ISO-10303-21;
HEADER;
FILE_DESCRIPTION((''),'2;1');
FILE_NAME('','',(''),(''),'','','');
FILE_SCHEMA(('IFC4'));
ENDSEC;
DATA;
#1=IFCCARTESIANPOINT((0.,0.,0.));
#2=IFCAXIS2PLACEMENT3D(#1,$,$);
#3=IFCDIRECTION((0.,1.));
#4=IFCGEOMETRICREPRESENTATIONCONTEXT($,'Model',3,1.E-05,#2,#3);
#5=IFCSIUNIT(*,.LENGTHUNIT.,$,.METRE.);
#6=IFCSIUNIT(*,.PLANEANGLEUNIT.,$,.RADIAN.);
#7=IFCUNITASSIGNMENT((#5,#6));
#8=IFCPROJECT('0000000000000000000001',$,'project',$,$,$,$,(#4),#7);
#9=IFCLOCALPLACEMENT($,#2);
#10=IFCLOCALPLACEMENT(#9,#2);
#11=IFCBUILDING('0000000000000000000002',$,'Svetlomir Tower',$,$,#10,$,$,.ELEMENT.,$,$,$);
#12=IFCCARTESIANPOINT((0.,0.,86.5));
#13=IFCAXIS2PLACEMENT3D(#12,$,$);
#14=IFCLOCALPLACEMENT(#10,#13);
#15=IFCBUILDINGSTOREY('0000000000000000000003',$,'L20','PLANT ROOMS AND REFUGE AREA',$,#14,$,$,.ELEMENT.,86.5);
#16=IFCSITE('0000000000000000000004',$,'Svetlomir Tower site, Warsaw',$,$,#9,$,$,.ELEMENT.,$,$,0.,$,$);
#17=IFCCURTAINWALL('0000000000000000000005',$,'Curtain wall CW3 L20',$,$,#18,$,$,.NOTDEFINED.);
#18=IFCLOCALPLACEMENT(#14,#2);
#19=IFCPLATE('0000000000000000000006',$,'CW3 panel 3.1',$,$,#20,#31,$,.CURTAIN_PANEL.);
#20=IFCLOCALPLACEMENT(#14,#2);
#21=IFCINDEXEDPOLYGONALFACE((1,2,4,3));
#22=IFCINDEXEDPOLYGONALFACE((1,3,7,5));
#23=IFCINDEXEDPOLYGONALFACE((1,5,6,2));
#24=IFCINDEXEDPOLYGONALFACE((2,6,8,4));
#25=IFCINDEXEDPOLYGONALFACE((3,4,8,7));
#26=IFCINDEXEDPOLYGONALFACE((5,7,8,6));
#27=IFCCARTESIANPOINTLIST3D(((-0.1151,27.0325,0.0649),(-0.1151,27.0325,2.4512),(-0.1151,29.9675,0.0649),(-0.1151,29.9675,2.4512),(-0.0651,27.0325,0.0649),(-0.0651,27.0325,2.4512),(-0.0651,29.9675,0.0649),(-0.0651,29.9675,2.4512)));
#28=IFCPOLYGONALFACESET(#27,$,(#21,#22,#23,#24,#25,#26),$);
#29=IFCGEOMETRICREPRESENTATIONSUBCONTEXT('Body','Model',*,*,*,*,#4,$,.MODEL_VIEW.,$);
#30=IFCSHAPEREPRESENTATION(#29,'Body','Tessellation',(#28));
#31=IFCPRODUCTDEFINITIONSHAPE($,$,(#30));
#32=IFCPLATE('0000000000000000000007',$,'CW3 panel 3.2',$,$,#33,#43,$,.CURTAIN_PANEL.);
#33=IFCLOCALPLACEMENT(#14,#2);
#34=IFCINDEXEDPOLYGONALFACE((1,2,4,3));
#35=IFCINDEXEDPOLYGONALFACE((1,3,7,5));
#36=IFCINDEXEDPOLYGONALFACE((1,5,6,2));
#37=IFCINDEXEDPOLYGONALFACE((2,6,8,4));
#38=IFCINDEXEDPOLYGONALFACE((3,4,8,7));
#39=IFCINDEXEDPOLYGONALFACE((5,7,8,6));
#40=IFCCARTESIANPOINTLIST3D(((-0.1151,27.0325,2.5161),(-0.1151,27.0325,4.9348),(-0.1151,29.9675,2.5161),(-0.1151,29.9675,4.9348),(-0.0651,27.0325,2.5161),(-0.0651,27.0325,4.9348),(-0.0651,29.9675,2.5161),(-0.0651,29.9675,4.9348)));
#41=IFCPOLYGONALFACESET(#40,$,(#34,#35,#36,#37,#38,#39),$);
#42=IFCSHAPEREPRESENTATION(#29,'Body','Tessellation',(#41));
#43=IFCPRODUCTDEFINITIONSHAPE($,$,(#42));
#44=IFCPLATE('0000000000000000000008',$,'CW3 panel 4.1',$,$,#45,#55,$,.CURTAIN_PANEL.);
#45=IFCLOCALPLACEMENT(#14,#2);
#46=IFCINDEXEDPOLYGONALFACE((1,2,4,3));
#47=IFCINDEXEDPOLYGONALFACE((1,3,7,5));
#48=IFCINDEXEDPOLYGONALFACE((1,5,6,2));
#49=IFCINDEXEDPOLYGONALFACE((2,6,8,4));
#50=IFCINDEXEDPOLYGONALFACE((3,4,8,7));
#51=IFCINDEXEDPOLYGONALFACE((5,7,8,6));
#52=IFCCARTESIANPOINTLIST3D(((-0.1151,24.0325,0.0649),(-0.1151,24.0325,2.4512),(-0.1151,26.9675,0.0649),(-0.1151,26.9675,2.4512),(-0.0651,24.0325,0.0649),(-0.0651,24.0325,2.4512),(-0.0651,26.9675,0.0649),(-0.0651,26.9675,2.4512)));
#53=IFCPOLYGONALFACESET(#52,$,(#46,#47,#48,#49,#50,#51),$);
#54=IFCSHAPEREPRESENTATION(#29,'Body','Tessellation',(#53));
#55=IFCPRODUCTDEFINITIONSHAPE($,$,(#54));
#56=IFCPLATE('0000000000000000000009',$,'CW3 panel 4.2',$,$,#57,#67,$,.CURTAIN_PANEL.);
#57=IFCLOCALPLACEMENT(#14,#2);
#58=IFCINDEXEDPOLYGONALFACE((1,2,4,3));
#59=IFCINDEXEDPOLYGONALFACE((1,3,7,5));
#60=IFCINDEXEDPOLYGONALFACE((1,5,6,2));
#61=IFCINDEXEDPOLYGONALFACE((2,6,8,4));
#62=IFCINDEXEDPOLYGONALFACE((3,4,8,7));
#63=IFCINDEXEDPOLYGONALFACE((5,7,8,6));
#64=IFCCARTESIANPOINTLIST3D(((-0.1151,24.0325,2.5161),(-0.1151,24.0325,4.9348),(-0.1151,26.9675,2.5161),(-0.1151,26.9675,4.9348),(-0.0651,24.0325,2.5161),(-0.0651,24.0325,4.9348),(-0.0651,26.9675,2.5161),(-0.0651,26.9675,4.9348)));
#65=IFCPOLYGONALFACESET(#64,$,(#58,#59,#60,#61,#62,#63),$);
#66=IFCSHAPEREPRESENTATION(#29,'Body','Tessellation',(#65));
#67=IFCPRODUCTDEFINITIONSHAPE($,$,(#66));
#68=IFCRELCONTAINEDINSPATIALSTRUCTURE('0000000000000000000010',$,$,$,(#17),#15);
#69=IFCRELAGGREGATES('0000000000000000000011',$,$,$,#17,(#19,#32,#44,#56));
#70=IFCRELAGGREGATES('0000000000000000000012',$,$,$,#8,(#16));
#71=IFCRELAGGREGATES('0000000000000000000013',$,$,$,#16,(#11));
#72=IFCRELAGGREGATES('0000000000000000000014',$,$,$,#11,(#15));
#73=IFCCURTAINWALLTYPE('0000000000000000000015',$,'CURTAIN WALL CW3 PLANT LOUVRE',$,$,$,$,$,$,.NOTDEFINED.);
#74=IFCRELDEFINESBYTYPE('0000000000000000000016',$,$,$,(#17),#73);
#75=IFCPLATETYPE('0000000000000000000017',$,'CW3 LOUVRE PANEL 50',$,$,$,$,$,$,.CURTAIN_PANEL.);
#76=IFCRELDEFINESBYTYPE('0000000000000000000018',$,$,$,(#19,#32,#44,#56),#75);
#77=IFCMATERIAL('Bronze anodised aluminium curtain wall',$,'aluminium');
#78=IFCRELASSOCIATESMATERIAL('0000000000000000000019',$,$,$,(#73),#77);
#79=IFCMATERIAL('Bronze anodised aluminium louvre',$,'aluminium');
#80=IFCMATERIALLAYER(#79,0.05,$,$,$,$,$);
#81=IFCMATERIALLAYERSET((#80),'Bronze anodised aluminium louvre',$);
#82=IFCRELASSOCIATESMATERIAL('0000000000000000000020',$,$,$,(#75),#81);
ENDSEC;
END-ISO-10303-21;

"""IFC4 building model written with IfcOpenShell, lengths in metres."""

from ifc_helpers import new_model, si_unit, direction, frame, origin, origin_2d, place, context, subcontext, project, spatial, rectangle, extrude, material, layer, layer_set, type_object, element, aggregate, save


model = new_model("IFC4")

# Units and contexts
model_context = context("Model", 3, precision=1e-05, world=origin(), true_north=direction((0.0, 1.0)))
body_context = subcontext(model_context, "Body", "Model", "MODEL_VIEW")
ifc_project = project(units=[si_unit("LENGTHUNIT", "METRE"), si_unit("PLANEANGLEUNIT", "RADIAN")], contexts=[model_context])

# Site, building, storey
site_placement = place(None, origin())
site = spatial("IfcSite", under=ifc_project, at=site_placement, Name="Svetlomir Tower site, Warsaw", CompositionType="ELEMENT", RefElevation=0.0)
building_placement = place(site_placement, origin())
building = spatial("IfcBuilding", under=site, at=building_placement, Name="Svetlomir Tower", CompositionType="ELEMENT")
storey_placement = place(building_placement, frame((0.0, 0.0, 86.5)))
storey = spatial("IfcBuildingStorey", under=building, at=storey_placement, Name="L20", Description="PLANT ROOMS AND REFUGE AREA", CompositionType="ELEMENT", Elevation=86.5)

# Curtain wall, plates
ifc_material_1 = material(Name="Bronze anodised aluminium curtain wall", Category="aluminium")
curtain_wall_type = type_object("IfcCurtainWallType", Name="CURTAIN WALL CW3 PLANT LOUVRE", PredefinedType="NOTDEFINED", material=ifc_material_1)
curtain_wall_placement = place(storey_placement, origin())
curtain_wall = element("IfcCurtainWall", 1, at=curtain_wall_placement, inside=storey, type_object=curtain_wall_type, Name="Curtain wall CW3 L20", PredefinedType="NOTDEFINED")
ifc_material_2 = material(Name="Bronze anodised aluminium louvre", Category="aluminium")
ifc_layer = layer(ifc_material_2, 0.05)
ifc_layer_set = layer_set([ifc_layer], Name="Bronze anodised aluminium louvre")
plate_type = type_object("IfcPlateType", Name="CW3 LOUVRE PANEL 50", PredefinedType="CURTAIN_PANEL", material=ifc_layer_set)
plate_1_placement = place(storey_placement, frame((-0.0901, 28.5, 0.0649), z_axis=(0.0, 0.0, 1.0), x_axis=(0.0, -1.0, 0.0)))
plate_1 = element("IfcPlate", 2, at=plate_1_placement, type_object=plate_type, Name="CW3 panel 3.1", PredefinedType="CURTAIN_PANEL", context=body_context, shape_type="SweptSolid", body=[
    extrude(rectangle(XDim=2.9351, YDim=0.05, at=origin_2d()), origin(), (0.0, 0.0, 1.0), 2.3862),
])
plate_2_placement = place(storey_placement, frame((-0.0901, 28.5, 2.5161), z_axis=(0.0, 0.0, 1.0), x_axis=(0.0, -1.0, 0.0)))
plate_2 = element("IfcPlate", 3, at=plate_2_placement, type_object=plate_type, Name="CW3 panel 3.2", PredefinedType="CURTAIN_PANEL", context=body_context, shape_type="SweptSolid", body=[
    extrude(rectangle(XDim=2.9351, YDim=0.05, at=origin_2d()), origin(), (0.0, 0.0, 1.0), 2.4187),
])
plate_3_placement = place(storey_placement, frame((-0.0901, 25.5, 0.0649), z_axis=(0.0, 0.0, 1.0), x_axis=(0.0, -1.0, 0.0)))
plate_3 = element("IfcPlate", 4, at=plate_3_placement, type_object=plate_type, Name="CW3 panel 4.1", PredefinedType="CURTAIN_PANEL", context=body_context, shape_type="SweptSolid", body=[
    extrude(rectangle(XDim=2.9351, YDim=0.05, at=origin_2d()), origin(), (0.0, 0.0, 1.0), 2.3862),
])
plate_4_placement = place(storey_placement, frame((-0.0901, 25.5, 2.5161), z_axis=(0.0, 0.0, 1.0), x_axis=(0.0, -1.0, 0.0)))
plate_4 = element("IfcPlate", 5, at=plate_4_placement, type_object=plate_type, Name="CW3 panel 4.2", PredefinedType="CURTAIN_PANEL", context=body_context, shape_type="SweptSolid", body=[
    extrude(rectangle(XDim=2.9351, YDim=0.05, at=origin_2d()), origin(), (0.0, 0.0, 1.0), 2.4187),
])
aggregate(curtain_wall, [plate_1, plate_2, plate_3, plate_4])

save(model, "model.ifc")
